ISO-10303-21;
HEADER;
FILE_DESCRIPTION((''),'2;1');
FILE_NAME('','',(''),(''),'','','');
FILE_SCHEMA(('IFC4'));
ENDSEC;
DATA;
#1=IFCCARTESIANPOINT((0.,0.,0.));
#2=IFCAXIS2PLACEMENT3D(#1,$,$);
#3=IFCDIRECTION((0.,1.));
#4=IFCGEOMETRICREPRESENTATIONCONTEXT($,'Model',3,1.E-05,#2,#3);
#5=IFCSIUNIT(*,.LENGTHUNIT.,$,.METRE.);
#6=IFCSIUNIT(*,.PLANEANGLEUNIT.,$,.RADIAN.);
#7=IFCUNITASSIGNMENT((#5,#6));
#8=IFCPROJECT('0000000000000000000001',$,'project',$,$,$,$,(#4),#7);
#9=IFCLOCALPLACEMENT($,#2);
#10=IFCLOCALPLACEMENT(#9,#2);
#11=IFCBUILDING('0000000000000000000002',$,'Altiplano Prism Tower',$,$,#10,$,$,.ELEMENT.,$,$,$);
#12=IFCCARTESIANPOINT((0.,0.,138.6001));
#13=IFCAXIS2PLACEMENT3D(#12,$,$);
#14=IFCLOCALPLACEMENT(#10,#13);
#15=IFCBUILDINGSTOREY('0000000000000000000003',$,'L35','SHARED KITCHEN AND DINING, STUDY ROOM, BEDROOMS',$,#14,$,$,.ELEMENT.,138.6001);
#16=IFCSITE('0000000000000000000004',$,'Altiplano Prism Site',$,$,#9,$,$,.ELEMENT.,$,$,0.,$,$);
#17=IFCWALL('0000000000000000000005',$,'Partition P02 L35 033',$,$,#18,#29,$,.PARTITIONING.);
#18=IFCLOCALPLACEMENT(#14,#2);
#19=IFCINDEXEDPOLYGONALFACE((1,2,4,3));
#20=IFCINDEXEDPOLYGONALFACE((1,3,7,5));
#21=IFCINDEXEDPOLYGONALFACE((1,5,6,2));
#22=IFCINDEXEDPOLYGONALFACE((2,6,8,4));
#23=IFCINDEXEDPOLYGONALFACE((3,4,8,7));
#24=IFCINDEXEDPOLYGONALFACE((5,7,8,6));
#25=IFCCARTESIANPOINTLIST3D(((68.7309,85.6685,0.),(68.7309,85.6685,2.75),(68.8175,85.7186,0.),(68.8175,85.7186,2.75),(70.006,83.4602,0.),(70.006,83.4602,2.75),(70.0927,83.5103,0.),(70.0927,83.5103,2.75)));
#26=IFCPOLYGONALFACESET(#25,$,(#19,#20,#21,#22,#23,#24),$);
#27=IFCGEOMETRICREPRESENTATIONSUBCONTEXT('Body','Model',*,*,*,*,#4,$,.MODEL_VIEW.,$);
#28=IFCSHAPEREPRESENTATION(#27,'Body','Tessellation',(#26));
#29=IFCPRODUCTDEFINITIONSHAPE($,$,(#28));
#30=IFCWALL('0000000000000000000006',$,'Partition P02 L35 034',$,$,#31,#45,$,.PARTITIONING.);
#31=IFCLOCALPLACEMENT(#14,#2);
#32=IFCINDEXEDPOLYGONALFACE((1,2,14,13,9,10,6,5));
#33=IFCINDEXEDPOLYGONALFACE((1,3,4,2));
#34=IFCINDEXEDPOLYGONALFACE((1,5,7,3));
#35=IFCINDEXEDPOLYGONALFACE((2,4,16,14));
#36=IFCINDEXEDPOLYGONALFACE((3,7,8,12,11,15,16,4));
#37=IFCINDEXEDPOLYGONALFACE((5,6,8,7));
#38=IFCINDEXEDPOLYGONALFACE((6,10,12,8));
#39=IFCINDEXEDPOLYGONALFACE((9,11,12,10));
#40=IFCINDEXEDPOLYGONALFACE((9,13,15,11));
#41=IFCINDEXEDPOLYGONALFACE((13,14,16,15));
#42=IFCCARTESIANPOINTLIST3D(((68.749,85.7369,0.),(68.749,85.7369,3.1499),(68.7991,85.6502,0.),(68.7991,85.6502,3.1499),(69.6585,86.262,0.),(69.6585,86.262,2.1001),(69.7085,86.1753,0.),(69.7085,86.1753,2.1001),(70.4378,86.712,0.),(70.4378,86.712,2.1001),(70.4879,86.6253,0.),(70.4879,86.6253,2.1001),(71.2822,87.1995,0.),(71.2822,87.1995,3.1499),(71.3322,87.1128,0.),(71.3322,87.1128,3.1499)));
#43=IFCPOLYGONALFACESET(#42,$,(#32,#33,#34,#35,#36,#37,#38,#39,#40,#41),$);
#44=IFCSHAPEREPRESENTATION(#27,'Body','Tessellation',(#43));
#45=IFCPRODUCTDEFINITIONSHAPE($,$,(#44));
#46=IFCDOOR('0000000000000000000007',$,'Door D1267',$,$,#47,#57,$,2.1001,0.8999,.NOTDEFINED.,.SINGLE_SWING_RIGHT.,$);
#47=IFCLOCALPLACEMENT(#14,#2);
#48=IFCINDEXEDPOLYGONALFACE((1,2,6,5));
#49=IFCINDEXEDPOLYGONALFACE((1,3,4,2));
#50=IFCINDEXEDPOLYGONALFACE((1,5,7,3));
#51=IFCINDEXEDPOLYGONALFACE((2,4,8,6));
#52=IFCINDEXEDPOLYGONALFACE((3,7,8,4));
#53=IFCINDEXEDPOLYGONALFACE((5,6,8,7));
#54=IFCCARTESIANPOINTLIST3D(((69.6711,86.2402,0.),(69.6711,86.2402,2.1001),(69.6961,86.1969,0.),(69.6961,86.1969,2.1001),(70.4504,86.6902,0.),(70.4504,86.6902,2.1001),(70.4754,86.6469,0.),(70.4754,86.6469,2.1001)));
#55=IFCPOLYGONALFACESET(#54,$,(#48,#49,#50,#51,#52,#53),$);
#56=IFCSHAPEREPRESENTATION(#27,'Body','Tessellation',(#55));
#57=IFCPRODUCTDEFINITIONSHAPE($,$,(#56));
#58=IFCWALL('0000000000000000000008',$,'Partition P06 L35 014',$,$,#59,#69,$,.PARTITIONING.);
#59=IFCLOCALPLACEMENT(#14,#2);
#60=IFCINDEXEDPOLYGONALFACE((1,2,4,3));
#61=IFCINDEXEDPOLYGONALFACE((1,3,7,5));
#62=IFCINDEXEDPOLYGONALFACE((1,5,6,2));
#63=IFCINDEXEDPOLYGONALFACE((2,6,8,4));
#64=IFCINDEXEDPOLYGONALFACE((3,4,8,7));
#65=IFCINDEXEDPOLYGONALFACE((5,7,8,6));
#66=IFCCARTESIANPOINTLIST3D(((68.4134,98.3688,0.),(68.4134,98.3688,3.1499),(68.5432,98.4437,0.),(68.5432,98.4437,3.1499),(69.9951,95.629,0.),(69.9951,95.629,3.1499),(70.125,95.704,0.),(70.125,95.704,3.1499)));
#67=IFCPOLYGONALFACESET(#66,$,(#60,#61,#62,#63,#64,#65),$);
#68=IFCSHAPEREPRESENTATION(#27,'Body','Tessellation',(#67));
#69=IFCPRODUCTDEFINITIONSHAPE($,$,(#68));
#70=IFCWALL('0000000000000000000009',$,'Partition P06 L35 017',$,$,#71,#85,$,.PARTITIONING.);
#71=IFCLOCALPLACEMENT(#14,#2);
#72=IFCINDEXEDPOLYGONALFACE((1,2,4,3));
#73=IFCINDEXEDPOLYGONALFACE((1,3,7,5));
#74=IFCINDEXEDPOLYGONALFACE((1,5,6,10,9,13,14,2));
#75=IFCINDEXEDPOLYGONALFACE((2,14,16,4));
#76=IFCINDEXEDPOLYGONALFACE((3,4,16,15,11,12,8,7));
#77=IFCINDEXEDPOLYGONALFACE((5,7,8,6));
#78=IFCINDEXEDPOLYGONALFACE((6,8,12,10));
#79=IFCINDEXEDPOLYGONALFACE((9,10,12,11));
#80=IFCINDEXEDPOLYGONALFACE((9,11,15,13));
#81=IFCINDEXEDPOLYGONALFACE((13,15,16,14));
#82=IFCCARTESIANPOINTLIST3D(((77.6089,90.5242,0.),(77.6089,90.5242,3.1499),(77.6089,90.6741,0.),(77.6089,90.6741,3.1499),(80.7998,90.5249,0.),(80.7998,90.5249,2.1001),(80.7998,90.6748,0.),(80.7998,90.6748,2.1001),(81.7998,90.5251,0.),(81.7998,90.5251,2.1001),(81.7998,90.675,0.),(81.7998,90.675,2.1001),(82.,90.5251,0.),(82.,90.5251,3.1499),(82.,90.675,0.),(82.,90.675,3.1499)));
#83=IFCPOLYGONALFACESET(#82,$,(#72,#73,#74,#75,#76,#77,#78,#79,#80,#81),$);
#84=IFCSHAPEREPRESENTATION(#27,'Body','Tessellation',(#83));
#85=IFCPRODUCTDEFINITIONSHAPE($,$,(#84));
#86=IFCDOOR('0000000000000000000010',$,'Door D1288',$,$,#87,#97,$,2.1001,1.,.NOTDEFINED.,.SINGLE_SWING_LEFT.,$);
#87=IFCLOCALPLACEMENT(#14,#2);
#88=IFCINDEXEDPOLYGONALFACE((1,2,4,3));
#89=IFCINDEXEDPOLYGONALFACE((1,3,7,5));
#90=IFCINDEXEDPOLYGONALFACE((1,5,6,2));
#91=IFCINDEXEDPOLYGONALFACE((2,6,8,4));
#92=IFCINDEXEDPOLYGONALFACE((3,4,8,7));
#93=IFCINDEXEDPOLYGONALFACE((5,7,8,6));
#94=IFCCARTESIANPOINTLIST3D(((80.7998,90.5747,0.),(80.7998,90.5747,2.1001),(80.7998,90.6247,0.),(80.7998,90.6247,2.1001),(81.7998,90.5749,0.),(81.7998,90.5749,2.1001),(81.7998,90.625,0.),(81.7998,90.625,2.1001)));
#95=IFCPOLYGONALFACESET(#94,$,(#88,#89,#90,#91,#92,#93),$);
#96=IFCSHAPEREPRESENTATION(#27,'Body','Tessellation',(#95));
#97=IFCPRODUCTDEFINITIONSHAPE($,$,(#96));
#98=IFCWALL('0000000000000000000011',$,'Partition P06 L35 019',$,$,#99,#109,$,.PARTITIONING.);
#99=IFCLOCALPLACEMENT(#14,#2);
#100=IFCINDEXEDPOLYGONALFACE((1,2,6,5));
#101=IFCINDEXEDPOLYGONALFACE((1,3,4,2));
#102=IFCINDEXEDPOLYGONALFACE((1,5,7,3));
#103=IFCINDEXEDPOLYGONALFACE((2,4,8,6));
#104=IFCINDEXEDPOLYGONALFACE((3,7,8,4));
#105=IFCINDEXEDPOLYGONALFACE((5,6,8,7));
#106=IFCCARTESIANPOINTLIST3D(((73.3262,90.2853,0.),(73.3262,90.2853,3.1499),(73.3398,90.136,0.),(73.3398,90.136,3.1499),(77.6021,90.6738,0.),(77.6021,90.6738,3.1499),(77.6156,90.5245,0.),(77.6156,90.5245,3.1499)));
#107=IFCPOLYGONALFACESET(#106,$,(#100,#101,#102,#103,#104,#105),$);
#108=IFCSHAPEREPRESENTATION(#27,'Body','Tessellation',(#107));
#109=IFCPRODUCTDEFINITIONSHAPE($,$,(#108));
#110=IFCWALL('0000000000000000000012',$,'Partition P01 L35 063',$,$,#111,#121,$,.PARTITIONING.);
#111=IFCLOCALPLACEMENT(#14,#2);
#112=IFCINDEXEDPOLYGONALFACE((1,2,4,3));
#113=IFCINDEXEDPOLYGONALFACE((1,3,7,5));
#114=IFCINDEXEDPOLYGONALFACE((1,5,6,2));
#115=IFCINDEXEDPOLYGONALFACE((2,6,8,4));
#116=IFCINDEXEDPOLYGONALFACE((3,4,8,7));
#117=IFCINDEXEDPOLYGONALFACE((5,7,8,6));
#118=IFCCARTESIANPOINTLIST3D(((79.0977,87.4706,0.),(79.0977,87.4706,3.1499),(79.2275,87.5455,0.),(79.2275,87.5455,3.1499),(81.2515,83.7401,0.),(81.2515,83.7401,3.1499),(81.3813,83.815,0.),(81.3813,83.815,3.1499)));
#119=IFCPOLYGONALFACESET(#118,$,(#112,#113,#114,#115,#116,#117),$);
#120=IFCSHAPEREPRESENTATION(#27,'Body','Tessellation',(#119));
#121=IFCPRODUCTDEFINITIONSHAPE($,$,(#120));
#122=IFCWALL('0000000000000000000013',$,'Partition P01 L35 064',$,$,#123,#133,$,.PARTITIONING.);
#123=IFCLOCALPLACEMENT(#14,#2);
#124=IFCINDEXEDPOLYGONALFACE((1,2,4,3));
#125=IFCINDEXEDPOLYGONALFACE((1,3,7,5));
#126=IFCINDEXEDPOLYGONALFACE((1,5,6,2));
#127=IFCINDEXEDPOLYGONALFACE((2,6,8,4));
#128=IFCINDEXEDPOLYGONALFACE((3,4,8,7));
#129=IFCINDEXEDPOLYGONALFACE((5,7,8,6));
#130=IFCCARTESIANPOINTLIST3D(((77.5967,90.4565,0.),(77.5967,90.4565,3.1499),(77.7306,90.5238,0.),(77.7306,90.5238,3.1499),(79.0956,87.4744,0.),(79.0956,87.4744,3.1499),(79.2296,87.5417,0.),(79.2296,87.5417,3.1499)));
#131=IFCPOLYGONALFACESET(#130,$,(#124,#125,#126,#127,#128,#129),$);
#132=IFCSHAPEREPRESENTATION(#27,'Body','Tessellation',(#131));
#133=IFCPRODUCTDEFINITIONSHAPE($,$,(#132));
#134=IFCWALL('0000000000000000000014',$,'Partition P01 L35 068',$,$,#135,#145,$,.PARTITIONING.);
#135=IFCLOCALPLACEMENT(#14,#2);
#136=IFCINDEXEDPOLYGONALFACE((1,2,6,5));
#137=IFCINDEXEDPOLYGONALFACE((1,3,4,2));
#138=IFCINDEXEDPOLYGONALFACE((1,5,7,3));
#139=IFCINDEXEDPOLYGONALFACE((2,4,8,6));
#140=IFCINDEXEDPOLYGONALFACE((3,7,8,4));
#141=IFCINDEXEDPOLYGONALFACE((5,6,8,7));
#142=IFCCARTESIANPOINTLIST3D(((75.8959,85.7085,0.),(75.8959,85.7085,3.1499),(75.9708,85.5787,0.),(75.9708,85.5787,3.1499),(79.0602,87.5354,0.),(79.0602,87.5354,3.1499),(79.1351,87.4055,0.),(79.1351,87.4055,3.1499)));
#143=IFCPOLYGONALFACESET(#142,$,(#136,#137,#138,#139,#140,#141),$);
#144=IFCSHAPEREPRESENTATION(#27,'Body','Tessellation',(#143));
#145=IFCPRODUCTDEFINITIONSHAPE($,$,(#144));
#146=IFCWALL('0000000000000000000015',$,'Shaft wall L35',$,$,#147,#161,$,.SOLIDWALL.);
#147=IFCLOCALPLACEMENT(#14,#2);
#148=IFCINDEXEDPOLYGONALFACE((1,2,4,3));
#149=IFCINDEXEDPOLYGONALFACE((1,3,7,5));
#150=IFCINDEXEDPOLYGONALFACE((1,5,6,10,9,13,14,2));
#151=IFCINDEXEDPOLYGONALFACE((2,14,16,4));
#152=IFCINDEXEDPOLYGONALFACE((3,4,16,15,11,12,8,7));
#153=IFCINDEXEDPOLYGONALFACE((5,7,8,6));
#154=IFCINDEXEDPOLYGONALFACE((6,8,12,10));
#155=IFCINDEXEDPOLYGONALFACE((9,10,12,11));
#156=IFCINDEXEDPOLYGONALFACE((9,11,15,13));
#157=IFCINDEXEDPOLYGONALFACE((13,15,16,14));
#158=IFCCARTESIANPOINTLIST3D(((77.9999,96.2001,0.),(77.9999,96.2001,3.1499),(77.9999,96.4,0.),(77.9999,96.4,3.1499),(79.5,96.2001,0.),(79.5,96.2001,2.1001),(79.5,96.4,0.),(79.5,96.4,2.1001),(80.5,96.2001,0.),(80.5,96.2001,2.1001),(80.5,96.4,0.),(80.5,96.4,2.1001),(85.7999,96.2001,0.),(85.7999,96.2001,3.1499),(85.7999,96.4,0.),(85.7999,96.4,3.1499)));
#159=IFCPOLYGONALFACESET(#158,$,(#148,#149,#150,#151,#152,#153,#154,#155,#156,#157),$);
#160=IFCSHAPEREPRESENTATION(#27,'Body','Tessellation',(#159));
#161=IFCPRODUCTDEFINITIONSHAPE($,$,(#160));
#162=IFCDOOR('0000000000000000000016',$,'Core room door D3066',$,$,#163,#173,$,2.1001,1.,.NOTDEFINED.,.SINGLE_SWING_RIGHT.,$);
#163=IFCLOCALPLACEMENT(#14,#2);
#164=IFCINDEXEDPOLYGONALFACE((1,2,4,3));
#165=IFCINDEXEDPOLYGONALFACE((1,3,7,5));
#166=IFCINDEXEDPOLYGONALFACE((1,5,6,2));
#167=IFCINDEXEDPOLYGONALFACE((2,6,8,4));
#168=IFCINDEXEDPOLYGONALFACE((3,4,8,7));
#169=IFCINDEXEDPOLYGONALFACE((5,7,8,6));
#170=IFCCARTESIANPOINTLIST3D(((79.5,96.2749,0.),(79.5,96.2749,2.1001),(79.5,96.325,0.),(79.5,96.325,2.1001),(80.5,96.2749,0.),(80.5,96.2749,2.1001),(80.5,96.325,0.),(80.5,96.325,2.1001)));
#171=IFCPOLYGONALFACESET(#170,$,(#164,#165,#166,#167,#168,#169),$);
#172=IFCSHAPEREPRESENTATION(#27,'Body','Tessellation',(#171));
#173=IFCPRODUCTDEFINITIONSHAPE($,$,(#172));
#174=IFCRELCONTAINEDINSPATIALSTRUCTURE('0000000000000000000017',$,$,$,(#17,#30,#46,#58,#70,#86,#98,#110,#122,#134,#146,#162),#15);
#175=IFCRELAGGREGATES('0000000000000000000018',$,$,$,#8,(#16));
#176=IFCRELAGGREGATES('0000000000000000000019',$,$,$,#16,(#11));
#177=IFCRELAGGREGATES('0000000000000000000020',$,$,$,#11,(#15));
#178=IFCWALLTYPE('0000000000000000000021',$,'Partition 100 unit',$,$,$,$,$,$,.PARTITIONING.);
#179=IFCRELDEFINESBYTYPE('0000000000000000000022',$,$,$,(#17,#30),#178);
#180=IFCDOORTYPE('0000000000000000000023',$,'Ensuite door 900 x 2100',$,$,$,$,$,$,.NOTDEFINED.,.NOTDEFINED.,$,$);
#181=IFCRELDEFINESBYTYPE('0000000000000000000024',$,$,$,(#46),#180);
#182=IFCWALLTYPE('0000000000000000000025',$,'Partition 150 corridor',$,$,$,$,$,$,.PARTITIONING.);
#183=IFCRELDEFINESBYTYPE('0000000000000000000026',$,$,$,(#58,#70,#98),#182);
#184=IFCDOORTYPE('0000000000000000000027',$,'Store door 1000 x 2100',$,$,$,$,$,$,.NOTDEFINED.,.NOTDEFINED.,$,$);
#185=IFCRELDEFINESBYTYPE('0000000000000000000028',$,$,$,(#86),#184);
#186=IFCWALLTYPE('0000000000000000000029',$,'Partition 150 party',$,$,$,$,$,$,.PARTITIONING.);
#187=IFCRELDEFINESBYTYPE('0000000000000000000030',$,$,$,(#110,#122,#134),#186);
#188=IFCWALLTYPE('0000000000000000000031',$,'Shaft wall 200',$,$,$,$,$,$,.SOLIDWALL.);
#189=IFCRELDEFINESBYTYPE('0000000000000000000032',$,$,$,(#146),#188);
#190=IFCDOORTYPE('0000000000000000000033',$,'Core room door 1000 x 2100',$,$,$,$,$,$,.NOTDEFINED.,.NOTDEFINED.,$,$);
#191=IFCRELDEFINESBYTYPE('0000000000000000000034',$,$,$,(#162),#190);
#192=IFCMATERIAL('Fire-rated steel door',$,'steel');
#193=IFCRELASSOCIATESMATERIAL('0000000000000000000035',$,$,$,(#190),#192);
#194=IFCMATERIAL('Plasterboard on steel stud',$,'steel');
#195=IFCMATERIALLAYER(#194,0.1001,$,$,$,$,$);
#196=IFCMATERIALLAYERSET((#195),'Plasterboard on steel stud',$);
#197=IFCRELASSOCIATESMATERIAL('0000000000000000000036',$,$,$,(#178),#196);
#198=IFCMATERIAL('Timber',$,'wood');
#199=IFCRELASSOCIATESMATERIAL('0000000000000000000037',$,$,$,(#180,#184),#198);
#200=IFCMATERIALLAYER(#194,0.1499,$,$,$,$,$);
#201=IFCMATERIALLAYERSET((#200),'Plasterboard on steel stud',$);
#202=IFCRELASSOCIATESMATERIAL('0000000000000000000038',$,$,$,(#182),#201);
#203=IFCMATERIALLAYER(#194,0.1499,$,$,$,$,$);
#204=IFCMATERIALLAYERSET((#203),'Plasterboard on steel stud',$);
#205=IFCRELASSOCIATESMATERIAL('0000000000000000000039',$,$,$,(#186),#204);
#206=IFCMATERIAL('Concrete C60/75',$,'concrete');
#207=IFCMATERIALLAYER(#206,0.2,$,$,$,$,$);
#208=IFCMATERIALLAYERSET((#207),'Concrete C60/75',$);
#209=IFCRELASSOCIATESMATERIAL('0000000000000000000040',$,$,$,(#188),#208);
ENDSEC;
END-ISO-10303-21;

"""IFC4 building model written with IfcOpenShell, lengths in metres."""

from ifc_helpers import new_model, si_unit, direction, frame, frame_2d, origin, place, context, subcontext, project, spatial, rectangle, extrude, material, layer, layer_set, type_object, element, fill, save


model = new_model("IFC4")

# Units and contexts
model_context = context("Model", 3, precision=1e-05, world=origin(), true_north=direction((0.0, 1.0)))
body_context = subcontext(model_context, "Body", "Model", "MODEL_VIEW")
ifc_project = project(units=[si_unit("LENGTHUNIT", "METRE"), si_unit("PLANEANGLEUNIT", "RADIAN")], contexts=[model_context])

# Site, building, storey
site_placement = place(None, origin())
site = spatial("IfcSite", under=ifc_project, at=site_placement, Name="Altiplano Prism Site", CompositionType="ELEMENT", RefElevation=0.0)
building_placement = place(site_placement, origin())
building = spatial("IfcBuilding", under=site, at=building_placement, Name="Altiplano Prism Tower", CompositionType="ELEMENT")
storey_placement = place(building_placement, frame((0.0, 0.0, 138.6001)))
storey = spatial("IfcBuildingStorey", under=building, at=storey_placement, Name="L35", Description="SHARED KITCHEN AND DINING, STUDY ROOM, BEDROOMS", CompositionType="ELEMENT", Elevation=138.6001)

# Shared definitions
ifc_material_1 = material(Name="Concrete C60/75", Category="concrete")

# Shared definitions
ifc_material_2 = material(Name="Fire-rated steel door", Category="steel")
door_type_1 = type_object("IfcDoorType", Name="Core room door 1000 x 2100", OperationType="NOTDEFINED", PredefinedType="NOTDEFINED", material=ifc_material_2)

# Shared definitions
ifc_material_3 = material(Name="Plasterboard on steel stud", Category="steel")
ifc_layer_1 = layer(ifc_material_3, 0.1001)
ifc_layer_set_1 = layer_set([ifc_layer_1], Name="Plasterboard on steel stud")
wall_type_1 = type_object("IfcWallType", Name="Partition 100 unit", PredefinedType="PARTITIONING", material=ifc_layer_set_1)
ifc_material_4 = material(Name="Timber", Category="wood")
door_type_2 = type_object("IfcDoorType", Name="Ensuite door 900 x 2100", OperationType="NOTDEFINED", PredefinedType="NOTDEFINED", material=ifc_material_4)

# Wall
wall_1_placement = place(storey_placement, frame((70.0493, 83.4854, 0.0), z_axis=(0.0, 0.0, 1.0), x_axis=(-0.500062, 0.865989, 0.0)))
element("IfcWall", 1, at=wall_1_placement, inside=storey, type_object=wall_type_1, Name="Partition P02 L35 033", PredefinedType="PARTITIONING", context=body_context, shape_type="SweptSolid", body=[
    extrude(rectangle(XDim=2.55, YDim=0.1001, at=frame_2d((1.2749, 0.0))), origin(), (0.0, 0.0, 1.0), 2.75),
])

# Wall, opening, door
wall_2_placement = place(storey_placement, frame((68.7742, 85.6936, 0.0), z_axis=(0.0, 0.0, 1.0), x_axis=(0.86601, 0.500026, 0.0)))
wall_2 = element("IfcWall", 2, at=wall_2_placement, inside=storey, type_object=wall_type_1, Name="Partition P02 L35 034", PredefinedType="PARTITIONING", context=body_context, shape_type="SweptSolid", body=[
    extrude(rectangle(XDim=2.925, YDim=0.1001, at=frame_2d((1.4624, 0.0))), origin(), (0.0, 0.0, 1.0), 3.1499),
])
opening_1_placement = place(wall_2_placement, frame((1.05, 0.0, 0.0)))
opening_1 = element("IfcOpeningElement", 3, at=opening_1_placement, cuts=wall_2, PredefinedType="OPENING", context=body_context, shape_type="SweptSolid", body=[
    extrude(rectangle(XDim=0.8999, YDim=2.1001, at=frame_2d((0.45, 1.05))), frame((0.0, 0.0605, 0.0), z_axis=(0.0, -1.0, 0.0), x_axis=(1.0, 0.0, 0.0)), (0.0, 0.0, 1.0), 0.1211),
])
door_1_placement = place(opening_1_placement, origin())
door_1 = element("IfcDoor", 4, at=door_1_placement, inside=storey, type_object=door_type_2, Name="Door D1267", OperationType="SINGLE_SWING_RIGHT", OverallHeight=2.1001, OverallWidth=0.8999, PredefinedType="NOTDEFINED", context=body_context, shape_type="SweptSolid", body=[
    extrude(rectangle(XDim=0.8999, YDim=2.1001, at=frame_2d((0.45, 1.05))), frame((0.0, 0.0249, 0.0), z_axis=(0.0, -1.0, 0.0), x_axis=(1.0, 0.0, 0.0)), (0.0, 0.0, 1.0), 0.05),
])
fill(opening_1, door_1)

# Wall
ifc_layer_2 = layer(ifc_material_3, 0.1499)
ifc_layer_set_2 = layer_set([ifc_layer_2], Name="Plasterboard on steel stud")
wall_type_2 = type_object("IfcWallType", Name="Partition 150 corridor", PredefinedType="PARTITIONING", material=ifc_layer_set_2)
wall_3_placement = place(storey_placement, frame((70.0601, 95.6665, 0.0), z_axis=(0.0, 0.0, 1.0), x_axis=(-0.499999, 0.866026, 0.0)))
element("IfcWall", 5, at=wall_3_placement, inside=storey, type_object=wall_type_2, Name="Partition P06 L35 014", PredefinedType="PARTITIONING", context=body_context, shape_type="SweptSolid", body=[
    extrude(rectangle(XDim=3.1636, YDim=0.1499, at=frame_2d((1.5818, 0.0))), origin(), (0.0, 0.0, 1.0), 3.1499),
])

# Wall, opening, door
wall_4_placement = place(storey_placement, frame((77.6089, 90.5991, 0.0), z_axis=(0.0, 0.0, 1.0), x_axis=(1.0, 0.000222, 0.0)))
wall_4 = element("IfcWall", 6, at=wall_4_placement, inside=storey, type_object=wall_type_2, Name="Partition P06 L35 017", PredefinedType="PARTITIONING", context=body_context, shape_type="SweptSolid", body=[
    extrude(rectangle(XDim=4.3911, YDim=0.1499, at=frame_2d((2.1956, 0.0))), origin(), (0.0, 0.0, 1.0), 3.1499),
])
opening_2_placement = place(wall_4_placement, frame((3.1909, 0.0, 0.0)))
opening_2 = element("IfcOpeningElement", 7, at=opening_2_placement, cuts=wall_4, PredefinedType="OPENING", context=body_context, shape_type="SweptSolid", body=[
    extrude(rectangle(XDim=1.0, YDim=2.1001, at=frame_2d((0.5, 1.05))), frame((0.0, 0.0854, 0.0), z_axis=(0.0, -1.0, 0.0), x_axis=(1.0, 0.0, 0.0)), (0.0, 0.0, 1.0), 0.1709),
])
door_type_3 = type_object("IfcDoorType", Name="Store door 1000 x 2100", OperationType="NOTDEFINED", PredefinedType="NOTDEFINED", material=ifc_material_4)
door_2_placement = place(opening_2_placement, origin())
door_2 = element("IfcDoor", 8, at=door_2_placement, inside=storey, type_object=door_type_3, Name="Door D1288", OperationType="SINGLE_SWING_LEFT", OverallHeight=2.1001, OverallWidth=1.0, PredefinedType="NOTDEFINED", context=body_context, shape_type="SweptSolid", body=[
    extrude(rectangle(XDim=1.0, YDim=2.1001, at=frame_2d((0.5, 1.05))), frame((0.0, 0.0249, 0.0), z_axis=(0.0, -1.0, 0.0), x_axis=(1.0, 0.0, 0.0)), (0.0, 0.0, 1.0), 0.05),
])
fill(opening_2, door_2)

# Walls
wall_5_placement = place(storey_placement, frame((73.333, 90.2107, 0.0), z_axis=(0.0, 0.0, 1.0), x_axis=(0.995899, 0.090469, 0.0)))
element("IfcWall", 9, at=wall_5_placement, inside=storey, type_object=wall_type_2, Name="Partition P06 L35 019", PredefinedType="PARTITIONING", context=body_context, shape_type="SweptSolid", body=[
    extrude(rectangle(XDim=4.2935, YDim=0.1499, at=frame_2d((2.1467, 0.0))), origin(), (0.0, 0.0, 1.0), 3.1499),
])
ifc_layer_3 = layer(ifc_material_3, 0.1499)
ifc_layer_set_3 = layer_set([ifc_layer_3], Name="Plasterboard on steel stud")
wall_type_3 = type_object("IfcWallType", Name="Partition 150 party", PredefinedType="PARTITIONING", material=ifc_layer_set_3)
wall_6_placement = place(storey_placement, frame((79.1626, 87.5081, 0.0), z_axis=(0.0, 0.0, 1.0), x_axis=(0.500004, -0.866023, 0.0)))
element("IfcWall", 10, at=wall_6_placement, inside=storey, type_object=wall_type_3, Name="Partition P01 L35 063", PredefinedType="PARTITIONING", context=body_context, shape_type="SweptSolid", body=[
    extrude(rectangle(XDim=4.3076, YDim=0.1499, at=frame_2d((2.1538, 0.0))), origin(), (0.0, 0.0, 1.0), 3.1499),
])
wall_7_placement = place(storey_placement, frame((77.6636, 90.4902, 0.0), z_axis=(0.0, 0.0, 1.0), x_axis=(0.449114, -0.893474, 0.0)))
element("IfcWall", 11, at=wall_7_placement, inside=storey, type_object=wall_type_3, Name="Partition P01 L35 064", PredefinedType="PARTITIONING", context=body_context, shape_type="SweptSolid", body=[
    extrude(rectangle(XDim=3.3376, YDim=0.1499, at=frame_2d((1.6689, 0.0))), origin(), (0.0, 0.0, 1.0), 3.1499),
])
wall_8_placement = place(storey_placement, frame((79.0977, 87.4705, 0.0), z_axis=(0.0, 0.0, 1.0), x_axis=(-0.866026, -0.499998, 0.0)))
element("IfcWall", 12, at=wall_8_placement, inside=storey, type_object=wall_type_3, Name="Partition P01 L35 068", PredefinedType="PARTITIONING", context=body_context, shape_type="SweptSolid", body=[
    extrude(rectangle(XDim=3.6538, YDim=0.1499, at=frame_2d((1.8269, 0.0))), origin(), (0.0, 0.0, 1.0), 3.1499),
])

# Wall, opening, door
ifc_layer_4 = layer(ifc_material_1, 0.2)
ifc_layer_set_4 = layer_set([ifc_layer_4], Name="Concrete C60/75")
wall_type_4 = type_object("IfcWallType", Name="Shaft wall 200", PredefinedType="SOLIDWALL", material=ifc_layer_set_4)
wall_9_placement = place(storey_placement, frame((78.0, 96.3, 0.0), z_axis=(0.0, 0.0, 1.0), x_axis=(1.0, 0.0, 0.0)))
wall_9 = element("IfcWall", 13, at=wall_9_placement, inside=storey, type_object=wall_type_4, Name="Shaft wall L35", PredefinedType="SOLIDWALL", context=body_context, shape_type="SweptSolid", body=[
    extrude(rectangle(XDim=7.8, YDim=0.2, at=frame_2d((3.8999, 0.0))), origin(), (0.0, 0.0, 1.0), 3.1499),
])
opening_3_placement = place(wall_9_placement, frame((1.5, 0.0, 0.0)))
opening_3 = element("IfcOpeningElement", 14, at=opening_3_placement, cuts=wall_9, PredefinedType="OPENING", context=body_context, shape_type="SweptSolid", body=[
    extrude(rectangle(XDim=1.0, YDim=2.1001, at=frame_2d((0.5, 1.05))), frame((0.0, 0.1104, 0.0), z_axis=(0.0, -1.0, 0.0), x_axis=(1.0, 0.0, 0.0)), (0.0, 0.0, 1.0), 0.2209),
])
door_3_placement = place(opening_3_placement, origin())
door_3 = element("IfcDoor", 15, at=door_3_placement, inside=storey, type_object=door_type_1, Name="Core room door D3066", OperationType="SINGLE_SWING_RIGHT", OverallHeight=2.1001, OverallWidth=1.0, PredefinedType="NOTDEFINED", context=body_context, shape_type="SweptSolid", body=[
    extrude(rectangle(XDim=1.0, YDim=2.1001, at=frame_2d((0.5, 1.05))), frame((0.0, 0.0249, 0.0), z_axis=(0.0, -1.0, 0.0), x_axis=(1.0, 0.0, 0.0)), (0.0, 0.0, 1.0), 0.05),
])
fill(opening_3, door_3)

save(model, "model.ifc")
